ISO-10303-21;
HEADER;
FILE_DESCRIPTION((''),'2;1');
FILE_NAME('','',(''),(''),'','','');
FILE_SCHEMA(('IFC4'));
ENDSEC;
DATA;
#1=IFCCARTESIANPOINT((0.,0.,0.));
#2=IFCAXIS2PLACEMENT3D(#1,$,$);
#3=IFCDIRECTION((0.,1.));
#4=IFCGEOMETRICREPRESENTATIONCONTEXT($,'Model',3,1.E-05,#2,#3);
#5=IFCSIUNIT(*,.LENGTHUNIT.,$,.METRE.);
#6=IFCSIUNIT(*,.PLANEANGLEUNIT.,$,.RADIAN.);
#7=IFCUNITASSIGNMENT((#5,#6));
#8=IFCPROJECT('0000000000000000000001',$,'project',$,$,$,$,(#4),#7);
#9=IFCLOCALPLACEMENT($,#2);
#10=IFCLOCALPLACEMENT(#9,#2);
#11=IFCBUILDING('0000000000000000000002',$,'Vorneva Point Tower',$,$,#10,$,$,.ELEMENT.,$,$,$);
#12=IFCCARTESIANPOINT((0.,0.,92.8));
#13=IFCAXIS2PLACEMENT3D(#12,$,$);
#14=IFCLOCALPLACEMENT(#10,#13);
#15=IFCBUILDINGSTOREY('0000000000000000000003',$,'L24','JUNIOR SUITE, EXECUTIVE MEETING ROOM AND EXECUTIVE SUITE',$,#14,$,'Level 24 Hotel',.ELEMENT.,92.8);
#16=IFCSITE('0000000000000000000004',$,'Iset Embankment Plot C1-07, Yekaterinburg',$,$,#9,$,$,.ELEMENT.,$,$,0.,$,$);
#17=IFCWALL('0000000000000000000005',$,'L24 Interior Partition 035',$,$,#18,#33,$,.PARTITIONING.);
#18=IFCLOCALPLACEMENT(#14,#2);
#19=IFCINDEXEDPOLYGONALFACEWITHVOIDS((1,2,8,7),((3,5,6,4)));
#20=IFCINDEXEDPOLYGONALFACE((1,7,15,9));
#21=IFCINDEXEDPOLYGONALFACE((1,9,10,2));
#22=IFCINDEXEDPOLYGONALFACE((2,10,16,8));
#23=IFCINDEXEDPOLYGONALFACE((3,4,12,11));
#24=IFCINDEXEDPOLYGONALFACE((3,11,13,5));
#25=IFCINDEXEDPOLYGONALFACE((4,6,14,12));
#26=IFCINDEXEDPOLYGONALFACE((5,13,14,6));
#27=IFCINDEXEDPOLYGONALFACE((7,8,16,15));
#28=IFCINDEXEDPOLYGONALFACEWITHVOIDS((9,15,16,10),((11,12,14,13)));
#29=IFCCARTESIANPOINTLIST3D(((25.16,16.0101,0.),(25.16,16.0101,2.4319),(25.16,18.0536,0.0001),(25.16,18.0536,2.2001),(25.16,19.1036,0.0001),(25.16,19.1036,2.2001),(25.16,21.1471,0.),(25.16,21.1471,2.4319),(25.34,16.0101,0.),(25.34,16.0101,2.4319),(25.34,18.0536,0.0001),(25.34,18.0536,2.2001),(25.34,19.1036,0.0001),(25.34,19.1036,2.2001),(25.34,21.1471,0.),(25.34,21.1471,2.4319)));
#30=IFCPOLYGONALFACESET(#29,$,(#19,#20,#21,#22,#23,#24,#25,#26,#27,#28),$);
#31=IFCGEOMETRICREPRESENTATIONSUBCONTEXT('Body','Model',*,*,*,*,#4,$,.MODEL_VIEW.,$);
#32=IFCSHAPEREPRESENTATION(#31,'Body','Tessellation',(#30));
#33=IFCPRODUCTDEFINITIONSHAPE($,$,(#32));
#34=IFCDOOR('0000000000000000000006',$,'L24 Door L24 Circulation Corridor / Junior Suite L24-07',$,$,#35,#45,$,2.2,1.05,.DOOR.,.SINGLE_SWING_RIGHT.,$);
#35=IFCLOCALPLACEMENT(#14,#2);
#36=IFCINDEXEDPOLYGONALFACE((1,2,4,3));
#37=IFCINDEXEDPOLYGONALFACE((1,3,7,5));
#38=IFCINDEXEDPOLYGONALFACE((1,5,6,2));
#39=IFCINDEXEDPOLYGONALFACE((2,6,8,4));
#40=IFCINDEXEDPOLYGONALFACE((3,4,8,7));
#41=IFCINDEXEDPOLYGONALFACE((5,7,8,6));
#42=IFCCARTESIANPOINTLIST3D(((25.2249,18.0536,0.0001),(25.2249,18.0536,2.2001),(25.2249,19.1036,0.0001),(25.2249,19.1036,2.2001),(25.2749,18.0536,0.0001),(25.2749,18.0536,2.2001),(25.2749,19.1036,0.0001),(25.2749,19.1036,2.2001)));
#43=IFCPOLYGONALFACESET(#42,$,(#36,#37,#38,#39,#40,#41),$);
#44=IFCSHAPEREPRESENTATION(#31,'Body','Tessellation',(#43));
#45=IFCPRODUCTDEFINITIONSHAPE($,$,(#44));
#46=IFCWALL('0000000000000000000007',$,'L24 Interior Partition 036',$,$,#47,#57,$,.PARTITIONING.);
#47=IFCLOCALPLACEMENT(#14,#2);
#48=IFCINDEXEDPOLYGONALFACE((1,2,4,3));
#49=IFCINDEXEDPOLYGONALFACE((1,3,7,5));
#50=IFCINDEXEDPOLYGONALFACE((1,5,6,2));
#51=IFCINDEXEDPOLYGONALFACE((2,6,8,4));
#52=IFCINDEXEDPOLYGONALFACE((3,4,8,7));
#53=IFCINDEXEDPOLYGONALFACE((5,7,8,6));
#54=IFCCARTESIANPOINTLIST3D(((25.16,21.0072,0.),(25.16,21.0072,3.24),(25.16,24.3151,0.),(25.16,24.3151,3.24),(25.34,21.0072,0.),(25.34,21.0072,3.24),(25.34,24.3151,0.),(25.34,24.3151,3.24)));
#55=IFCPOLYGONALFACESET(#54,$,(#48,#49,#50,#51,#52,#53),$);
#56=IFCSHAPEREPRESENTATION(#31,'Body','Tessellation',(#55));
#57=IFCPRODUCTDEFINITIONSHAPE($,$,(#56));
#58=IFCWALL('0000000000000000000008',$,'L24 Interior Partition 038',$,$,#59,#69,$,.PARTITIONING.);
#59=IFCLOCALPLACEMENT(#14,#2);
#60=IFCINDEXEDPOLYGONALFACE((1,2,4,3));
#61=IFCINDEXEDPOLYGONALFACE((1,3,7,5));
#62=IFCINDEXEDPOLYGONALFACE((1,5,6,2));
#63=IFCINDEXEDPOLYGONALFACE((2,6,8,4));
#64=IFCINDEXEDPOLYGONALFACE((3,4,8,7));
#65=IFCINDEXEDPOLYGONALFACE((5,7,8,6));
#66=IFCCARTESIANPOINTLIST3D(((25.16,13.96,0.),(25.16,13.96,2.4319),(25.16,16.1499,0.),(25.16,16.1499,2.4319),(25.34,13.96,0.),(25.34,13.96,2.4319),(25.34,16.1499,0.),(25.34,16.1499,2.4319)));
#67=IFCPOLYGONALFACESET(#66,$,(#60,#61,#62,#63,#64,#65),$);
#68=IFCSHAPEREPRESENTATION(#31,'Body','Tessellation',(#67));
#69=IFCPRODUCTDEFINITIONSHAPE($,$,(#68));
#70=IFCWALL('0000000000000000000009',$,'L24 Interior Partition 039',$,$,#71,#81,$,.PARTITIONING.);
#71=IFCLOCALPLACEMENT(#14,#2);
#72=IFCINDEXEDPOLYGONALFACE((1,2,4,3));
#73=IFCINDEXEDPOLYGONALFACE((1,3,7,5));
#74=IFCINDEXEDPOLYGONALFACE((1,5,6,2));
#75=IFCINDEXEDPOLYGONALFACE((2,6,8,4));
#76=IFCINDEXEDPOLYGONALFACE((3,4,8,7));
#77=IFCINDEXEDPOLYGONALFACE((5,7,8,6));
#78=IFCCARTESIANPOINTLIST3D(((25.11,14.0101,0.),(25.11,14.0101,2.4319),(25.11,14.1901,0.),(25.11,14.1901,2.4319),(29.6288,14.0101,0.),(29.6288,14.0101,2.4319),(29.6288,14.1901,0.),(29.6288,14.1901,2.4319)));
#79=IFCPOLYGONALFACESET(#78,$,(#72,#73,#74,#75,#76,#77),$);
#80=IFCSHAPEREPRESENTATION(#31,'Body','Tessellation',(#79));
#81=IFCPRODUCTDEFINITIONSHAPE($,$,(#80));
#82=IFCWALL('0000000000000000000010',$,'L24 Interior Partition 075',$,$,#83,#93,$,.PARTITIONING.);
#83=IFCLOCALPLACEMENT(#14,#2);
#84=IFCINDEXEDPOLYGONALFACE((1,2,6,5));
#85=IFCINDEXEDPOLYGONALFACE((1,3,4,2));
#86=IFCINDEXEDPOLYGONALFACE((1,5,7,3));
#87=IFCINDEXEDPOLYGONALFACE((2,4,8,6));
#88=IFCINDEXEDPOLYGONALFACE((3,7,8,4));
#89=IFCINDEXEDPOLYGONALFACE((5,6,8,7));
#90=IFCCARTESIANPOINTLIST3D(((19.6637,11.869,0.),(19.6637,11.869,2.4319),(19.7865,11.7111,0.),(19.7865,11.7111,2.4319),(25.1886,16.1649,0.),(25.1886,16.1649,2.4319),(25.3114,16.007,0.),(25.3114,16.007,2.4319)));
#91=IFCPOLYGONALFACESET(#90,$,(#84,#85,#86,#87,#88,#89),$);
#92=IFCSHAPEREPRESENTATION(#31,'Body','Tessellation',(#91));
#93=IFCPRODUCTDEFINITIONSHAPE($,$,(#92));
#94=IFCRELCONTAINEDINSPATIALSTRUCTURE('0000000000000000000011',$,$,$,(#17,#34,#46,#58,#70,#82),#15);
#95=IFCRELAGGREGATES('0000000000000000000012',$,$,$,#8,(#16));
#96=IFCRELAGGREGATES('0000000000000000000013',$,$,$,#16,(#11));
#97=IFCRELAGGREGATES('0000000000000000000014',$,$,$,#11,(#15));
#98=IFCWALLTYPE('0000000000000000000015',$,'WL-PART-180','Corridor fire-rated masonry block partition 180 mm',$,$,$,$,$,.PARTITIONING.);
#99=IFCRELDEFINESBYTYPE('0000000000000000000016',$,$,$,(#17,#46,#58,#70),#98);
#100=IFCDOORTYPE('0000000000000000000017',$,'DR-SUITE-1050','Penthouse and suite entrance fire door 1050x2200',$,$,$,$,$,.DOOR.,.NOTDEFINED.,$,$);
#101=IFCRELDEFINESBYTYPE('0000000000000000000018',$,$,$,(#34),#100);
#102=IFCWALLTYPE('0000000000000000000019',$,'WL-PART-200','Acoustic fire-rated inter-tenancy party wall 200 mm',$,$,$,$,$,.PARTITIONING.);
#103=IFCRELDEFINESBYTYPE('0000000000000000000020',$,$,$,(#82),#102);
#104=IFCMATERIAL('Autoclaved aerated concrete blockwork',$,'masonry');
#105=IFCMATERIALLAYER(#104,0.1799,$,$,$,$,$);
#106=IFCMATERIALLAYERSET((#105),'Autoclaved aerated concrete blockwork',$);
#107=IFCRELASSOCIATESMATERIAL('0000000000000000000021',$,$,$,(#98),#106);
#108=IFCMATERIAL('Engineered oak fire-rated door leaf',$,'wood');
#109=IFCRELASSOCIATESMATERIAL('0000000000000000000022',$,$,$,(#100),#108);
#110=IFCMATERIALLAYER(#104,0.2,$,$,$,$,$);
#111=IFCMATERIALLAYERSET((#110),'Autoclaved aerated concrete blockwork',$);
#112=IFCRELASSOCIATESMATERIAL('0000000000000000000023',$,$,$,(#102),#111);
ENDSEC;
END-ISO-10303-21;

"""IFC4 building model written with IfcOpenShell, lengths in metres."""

from ifc_helpers import new_model, si_unit, direction, frame, frame_2d, origin, place, context, subcontext, project, spatial, rectangle, extrude, material, layer, layer_set, type_object, element, fill, save


model = new_model("IFC4")

# Units and contexts
model_context = context("Model", 3, precision=1e-05, world=origin(), true_north=direction((0.0, 1.0)))
body_context = subcontext(model_context, "Body", "Model", "MODEL_VIEW")
ifc_project = project(units=[si_unit("LENGTHUNIT", "METRE"), si_unit("PLANEANGLEUNIT", "RADIAN")], contexts=[model_context])

# Site, building, storey
site_placement = place(None, origin())
site = spatial("IfcSite", under=ifc_project, at=site_placement, Name="Iset Embankment Plot C1-07, Yekaterinburg", CompositionType="ELEMENT", RefElevation=0.0)
building_placement = place(site_placement, origin())
building = spatial("IfcBuilding", under=site, at=building_placement, Name="Vorneva Point Tower", CompositionType="ELEMENT")
storey_placement = place(building_placement, frame((0.0, 0.0, 92.8)))
storey = spatial("IfcBuildingStorey", under=building, at=storey_placement, Name="L24", Description="JUNIOR SUITE, EXECUTIVE MEETING ROOM AND EXECUTIVE SUITE", LongName="Level 24 Hotel", CompositionType="ELEMENT", Elevation=92.8)

# Shared definitions
ifc_material_1 = material(Name="Engineered oak fire-rated door leaf", Category="wood")

# Wall, opening, door
ifc_material_2 = material(Name="Autoclaved aerated concrete blockwork", Category="masonry")
ifc_layer_1 = layer(ifc_material_2, 0.1799)
ifc_layer_set_1 = layer_set([ifc_layer_1], Name="Autoclaved aerated concrete blockwork")
wall_type_1 = type_object("IfcWallType", Name="WL-PART-180", Description="Corridor fire-rated masonry block partition 180 mm", PredefinedType="PARTITIONING", material=ifc_layer_set_1)
wall_1_placement = place(storey_placement, frame((25.25, 21.147, 0.0), z_axis=(0.0, 0.0, 1.0), x_axis=(0.0, -1.0, 0.0)))
wall_1 = element("IfcWall", 1, at=wall_1_placement, inside=storey, type_object=wall_type_1, Name="L24 Interior Partition 035", PredefinedType="PARTITIONING", context=body_context, shape_type="SweptSolid", body=[
    extrude(rectangle(XDim=5.137, YDim=0.1799, at=frame_2d((2.5684, 0.0))), origin(), (0.0, 0.0, 1.0), 2.4319),
])
opening_1_placement = place(wall_1_placement, frame((2.0435, 0.0, 0.0)))
opening_1 = element("IfcOpeningElement", 2, at=opening_1_placement, cuts=wall_1, PredefinedType="OPENING", context=body_context, shape_type="SweptSolid", body=[
    extrude(rectangle(XDim=1.05, YDim=2.2, at=frame_2d((0.5249, 1.1001))), frame((0.0, 0.105, 0.0), z_axis=(0.0, -1.0, 0.0), x_axis=(1.0, 0.0, 0.0)), (0.0, 0.0, 1.0), 0.2097),
])
door_type_1 = type_object("IfcDoorType", Name="DR-SUITE-1050", Description="Penthouse and suite entrance fire door 1050x2200", OperationType="NOTDEFINED", PredefinedType="DOOR", material=ifc_material_1)
door_1_placement = place(opening_1_placement, origin())
door_1 = element("IfcDoor", 3, at=door_1_placement, inside=storey, type_object=door_type_1, Name="L24 Door L24 Circulation Corridor / Junior Suite L24-07", OperationType="SINGLE_SWING_RIGHT", OverallHeight=2.2, OverallWidth=1.05, PredefinedType="DOOR", context=body_context, shape_type="SweptSolid", body=[
    extrude(rectangle(XDim=1.05, YDim=2.2, at=frame_2d((0.5249, 1.1001))), frame((0.0, 0.0249, 0.0), z_axis=(0.0, -1.0, 0.0), x_axis=(1.0, 0.0, 0.0)), (0.0, 0.0, 1.0), 0.05),
])
fill(opening_1, door_1)

# Walls
wall_2_placement = place(storey_placement, frame((25.25, 24.3149, 0.0), z_axis=(0.0, 0.0, 1.0), x_axis=(0.0, -1.0, 0.0)))
element("IfcWall", 4, at=wall_2_placement, inside=storey, type_object=wall_type_1, Name="L24 Interior Partition 036", PredefinedType="PARTITIONING", context=body_context, shape_type="SweptSolid", body=[
    extrude(rectangle(XDim=3.3079, YDim=0.1799, at=frame_2d((1.6538, 0.0))), origin(), (0.0, 0.0, 1.0), 3.24),
])
wall_3_placement = place(storey_placement, frame((25.25, 16.1499, 0.0), z_axis=(0.0, 0.0, 1.0), x_axis=(0.0, -1.0, 0.0)))
element("IfcWall", 5, at=wall_3_placement, inside=storey, type_object=wall_type_1, Name="L24 Interior Partition 038", PredefinedType="PARTITIONING", context=body_context, shape_type="SweptSolid", body=[
    extrude(rectangle(XDim=2.1899, YDim=0.1799, at=frame_2d((1.095, 0.0))), origin(), (0.0, 0.0, 1.0), 2.4319),
])
wall_4_placement = place(storey_placement, frame((25.1101, 14.1001, 0.0), z_axis=(0.0, 0.0, 1.0), x_axis=(1.0, 0.0, 0.0)))
element("IfcWall", 6, at=wall_4_placement, inside=storey, type_object=wall_type_1, Name="L24 Interior Partition 039", PredefinedType="PARTITIONING", context=body_context, shape_type="SweptSolid", body=[
    extrude(rectangle(XDim=4.5188, YDim=0.1799, at=frame_2d((2.2593, 0.0))), origin(), (0.0, 0.0, 1.0), 2.4319),
])
ifc_layer_2 = layer(ifc_material_2, 0.2)
ifc_layer_set_2 = layer_set([ifc_layer_2], Name="Autoclaved aerated concrete blockwork")
wall_type_2 = type_object("IfcWallType", Name="WL-PART-200", Description="Acoustic fire-rated inter-tenancy party wall 200 mm", PredefinedType="PARTITIONING", material=ifc_layer_set_2)
wall_5_placement = place(storey_placement, frame((19.7251, 11.79, 0.0), z_axis=(0.0, 0.0, 1.0), x_axis=(0.789439, 0.61383, 0.0)))
element("IfcWall", 7, at=wall_5_placement, inside=storey, type_object=wall_type_2, Name="L24 Interior Partition 075", PredefinedType="PARTITIONING", context=body_context, shape_type="SweptSolid", body=[
    extrude(rectangle(XDim=6.9985, YDim=0.2, at=frame_2d((3.4993, 0.0))), origin(), (0.0, 0.0, 1.0), 2.4319),
])

save(model, "model.ifc")
